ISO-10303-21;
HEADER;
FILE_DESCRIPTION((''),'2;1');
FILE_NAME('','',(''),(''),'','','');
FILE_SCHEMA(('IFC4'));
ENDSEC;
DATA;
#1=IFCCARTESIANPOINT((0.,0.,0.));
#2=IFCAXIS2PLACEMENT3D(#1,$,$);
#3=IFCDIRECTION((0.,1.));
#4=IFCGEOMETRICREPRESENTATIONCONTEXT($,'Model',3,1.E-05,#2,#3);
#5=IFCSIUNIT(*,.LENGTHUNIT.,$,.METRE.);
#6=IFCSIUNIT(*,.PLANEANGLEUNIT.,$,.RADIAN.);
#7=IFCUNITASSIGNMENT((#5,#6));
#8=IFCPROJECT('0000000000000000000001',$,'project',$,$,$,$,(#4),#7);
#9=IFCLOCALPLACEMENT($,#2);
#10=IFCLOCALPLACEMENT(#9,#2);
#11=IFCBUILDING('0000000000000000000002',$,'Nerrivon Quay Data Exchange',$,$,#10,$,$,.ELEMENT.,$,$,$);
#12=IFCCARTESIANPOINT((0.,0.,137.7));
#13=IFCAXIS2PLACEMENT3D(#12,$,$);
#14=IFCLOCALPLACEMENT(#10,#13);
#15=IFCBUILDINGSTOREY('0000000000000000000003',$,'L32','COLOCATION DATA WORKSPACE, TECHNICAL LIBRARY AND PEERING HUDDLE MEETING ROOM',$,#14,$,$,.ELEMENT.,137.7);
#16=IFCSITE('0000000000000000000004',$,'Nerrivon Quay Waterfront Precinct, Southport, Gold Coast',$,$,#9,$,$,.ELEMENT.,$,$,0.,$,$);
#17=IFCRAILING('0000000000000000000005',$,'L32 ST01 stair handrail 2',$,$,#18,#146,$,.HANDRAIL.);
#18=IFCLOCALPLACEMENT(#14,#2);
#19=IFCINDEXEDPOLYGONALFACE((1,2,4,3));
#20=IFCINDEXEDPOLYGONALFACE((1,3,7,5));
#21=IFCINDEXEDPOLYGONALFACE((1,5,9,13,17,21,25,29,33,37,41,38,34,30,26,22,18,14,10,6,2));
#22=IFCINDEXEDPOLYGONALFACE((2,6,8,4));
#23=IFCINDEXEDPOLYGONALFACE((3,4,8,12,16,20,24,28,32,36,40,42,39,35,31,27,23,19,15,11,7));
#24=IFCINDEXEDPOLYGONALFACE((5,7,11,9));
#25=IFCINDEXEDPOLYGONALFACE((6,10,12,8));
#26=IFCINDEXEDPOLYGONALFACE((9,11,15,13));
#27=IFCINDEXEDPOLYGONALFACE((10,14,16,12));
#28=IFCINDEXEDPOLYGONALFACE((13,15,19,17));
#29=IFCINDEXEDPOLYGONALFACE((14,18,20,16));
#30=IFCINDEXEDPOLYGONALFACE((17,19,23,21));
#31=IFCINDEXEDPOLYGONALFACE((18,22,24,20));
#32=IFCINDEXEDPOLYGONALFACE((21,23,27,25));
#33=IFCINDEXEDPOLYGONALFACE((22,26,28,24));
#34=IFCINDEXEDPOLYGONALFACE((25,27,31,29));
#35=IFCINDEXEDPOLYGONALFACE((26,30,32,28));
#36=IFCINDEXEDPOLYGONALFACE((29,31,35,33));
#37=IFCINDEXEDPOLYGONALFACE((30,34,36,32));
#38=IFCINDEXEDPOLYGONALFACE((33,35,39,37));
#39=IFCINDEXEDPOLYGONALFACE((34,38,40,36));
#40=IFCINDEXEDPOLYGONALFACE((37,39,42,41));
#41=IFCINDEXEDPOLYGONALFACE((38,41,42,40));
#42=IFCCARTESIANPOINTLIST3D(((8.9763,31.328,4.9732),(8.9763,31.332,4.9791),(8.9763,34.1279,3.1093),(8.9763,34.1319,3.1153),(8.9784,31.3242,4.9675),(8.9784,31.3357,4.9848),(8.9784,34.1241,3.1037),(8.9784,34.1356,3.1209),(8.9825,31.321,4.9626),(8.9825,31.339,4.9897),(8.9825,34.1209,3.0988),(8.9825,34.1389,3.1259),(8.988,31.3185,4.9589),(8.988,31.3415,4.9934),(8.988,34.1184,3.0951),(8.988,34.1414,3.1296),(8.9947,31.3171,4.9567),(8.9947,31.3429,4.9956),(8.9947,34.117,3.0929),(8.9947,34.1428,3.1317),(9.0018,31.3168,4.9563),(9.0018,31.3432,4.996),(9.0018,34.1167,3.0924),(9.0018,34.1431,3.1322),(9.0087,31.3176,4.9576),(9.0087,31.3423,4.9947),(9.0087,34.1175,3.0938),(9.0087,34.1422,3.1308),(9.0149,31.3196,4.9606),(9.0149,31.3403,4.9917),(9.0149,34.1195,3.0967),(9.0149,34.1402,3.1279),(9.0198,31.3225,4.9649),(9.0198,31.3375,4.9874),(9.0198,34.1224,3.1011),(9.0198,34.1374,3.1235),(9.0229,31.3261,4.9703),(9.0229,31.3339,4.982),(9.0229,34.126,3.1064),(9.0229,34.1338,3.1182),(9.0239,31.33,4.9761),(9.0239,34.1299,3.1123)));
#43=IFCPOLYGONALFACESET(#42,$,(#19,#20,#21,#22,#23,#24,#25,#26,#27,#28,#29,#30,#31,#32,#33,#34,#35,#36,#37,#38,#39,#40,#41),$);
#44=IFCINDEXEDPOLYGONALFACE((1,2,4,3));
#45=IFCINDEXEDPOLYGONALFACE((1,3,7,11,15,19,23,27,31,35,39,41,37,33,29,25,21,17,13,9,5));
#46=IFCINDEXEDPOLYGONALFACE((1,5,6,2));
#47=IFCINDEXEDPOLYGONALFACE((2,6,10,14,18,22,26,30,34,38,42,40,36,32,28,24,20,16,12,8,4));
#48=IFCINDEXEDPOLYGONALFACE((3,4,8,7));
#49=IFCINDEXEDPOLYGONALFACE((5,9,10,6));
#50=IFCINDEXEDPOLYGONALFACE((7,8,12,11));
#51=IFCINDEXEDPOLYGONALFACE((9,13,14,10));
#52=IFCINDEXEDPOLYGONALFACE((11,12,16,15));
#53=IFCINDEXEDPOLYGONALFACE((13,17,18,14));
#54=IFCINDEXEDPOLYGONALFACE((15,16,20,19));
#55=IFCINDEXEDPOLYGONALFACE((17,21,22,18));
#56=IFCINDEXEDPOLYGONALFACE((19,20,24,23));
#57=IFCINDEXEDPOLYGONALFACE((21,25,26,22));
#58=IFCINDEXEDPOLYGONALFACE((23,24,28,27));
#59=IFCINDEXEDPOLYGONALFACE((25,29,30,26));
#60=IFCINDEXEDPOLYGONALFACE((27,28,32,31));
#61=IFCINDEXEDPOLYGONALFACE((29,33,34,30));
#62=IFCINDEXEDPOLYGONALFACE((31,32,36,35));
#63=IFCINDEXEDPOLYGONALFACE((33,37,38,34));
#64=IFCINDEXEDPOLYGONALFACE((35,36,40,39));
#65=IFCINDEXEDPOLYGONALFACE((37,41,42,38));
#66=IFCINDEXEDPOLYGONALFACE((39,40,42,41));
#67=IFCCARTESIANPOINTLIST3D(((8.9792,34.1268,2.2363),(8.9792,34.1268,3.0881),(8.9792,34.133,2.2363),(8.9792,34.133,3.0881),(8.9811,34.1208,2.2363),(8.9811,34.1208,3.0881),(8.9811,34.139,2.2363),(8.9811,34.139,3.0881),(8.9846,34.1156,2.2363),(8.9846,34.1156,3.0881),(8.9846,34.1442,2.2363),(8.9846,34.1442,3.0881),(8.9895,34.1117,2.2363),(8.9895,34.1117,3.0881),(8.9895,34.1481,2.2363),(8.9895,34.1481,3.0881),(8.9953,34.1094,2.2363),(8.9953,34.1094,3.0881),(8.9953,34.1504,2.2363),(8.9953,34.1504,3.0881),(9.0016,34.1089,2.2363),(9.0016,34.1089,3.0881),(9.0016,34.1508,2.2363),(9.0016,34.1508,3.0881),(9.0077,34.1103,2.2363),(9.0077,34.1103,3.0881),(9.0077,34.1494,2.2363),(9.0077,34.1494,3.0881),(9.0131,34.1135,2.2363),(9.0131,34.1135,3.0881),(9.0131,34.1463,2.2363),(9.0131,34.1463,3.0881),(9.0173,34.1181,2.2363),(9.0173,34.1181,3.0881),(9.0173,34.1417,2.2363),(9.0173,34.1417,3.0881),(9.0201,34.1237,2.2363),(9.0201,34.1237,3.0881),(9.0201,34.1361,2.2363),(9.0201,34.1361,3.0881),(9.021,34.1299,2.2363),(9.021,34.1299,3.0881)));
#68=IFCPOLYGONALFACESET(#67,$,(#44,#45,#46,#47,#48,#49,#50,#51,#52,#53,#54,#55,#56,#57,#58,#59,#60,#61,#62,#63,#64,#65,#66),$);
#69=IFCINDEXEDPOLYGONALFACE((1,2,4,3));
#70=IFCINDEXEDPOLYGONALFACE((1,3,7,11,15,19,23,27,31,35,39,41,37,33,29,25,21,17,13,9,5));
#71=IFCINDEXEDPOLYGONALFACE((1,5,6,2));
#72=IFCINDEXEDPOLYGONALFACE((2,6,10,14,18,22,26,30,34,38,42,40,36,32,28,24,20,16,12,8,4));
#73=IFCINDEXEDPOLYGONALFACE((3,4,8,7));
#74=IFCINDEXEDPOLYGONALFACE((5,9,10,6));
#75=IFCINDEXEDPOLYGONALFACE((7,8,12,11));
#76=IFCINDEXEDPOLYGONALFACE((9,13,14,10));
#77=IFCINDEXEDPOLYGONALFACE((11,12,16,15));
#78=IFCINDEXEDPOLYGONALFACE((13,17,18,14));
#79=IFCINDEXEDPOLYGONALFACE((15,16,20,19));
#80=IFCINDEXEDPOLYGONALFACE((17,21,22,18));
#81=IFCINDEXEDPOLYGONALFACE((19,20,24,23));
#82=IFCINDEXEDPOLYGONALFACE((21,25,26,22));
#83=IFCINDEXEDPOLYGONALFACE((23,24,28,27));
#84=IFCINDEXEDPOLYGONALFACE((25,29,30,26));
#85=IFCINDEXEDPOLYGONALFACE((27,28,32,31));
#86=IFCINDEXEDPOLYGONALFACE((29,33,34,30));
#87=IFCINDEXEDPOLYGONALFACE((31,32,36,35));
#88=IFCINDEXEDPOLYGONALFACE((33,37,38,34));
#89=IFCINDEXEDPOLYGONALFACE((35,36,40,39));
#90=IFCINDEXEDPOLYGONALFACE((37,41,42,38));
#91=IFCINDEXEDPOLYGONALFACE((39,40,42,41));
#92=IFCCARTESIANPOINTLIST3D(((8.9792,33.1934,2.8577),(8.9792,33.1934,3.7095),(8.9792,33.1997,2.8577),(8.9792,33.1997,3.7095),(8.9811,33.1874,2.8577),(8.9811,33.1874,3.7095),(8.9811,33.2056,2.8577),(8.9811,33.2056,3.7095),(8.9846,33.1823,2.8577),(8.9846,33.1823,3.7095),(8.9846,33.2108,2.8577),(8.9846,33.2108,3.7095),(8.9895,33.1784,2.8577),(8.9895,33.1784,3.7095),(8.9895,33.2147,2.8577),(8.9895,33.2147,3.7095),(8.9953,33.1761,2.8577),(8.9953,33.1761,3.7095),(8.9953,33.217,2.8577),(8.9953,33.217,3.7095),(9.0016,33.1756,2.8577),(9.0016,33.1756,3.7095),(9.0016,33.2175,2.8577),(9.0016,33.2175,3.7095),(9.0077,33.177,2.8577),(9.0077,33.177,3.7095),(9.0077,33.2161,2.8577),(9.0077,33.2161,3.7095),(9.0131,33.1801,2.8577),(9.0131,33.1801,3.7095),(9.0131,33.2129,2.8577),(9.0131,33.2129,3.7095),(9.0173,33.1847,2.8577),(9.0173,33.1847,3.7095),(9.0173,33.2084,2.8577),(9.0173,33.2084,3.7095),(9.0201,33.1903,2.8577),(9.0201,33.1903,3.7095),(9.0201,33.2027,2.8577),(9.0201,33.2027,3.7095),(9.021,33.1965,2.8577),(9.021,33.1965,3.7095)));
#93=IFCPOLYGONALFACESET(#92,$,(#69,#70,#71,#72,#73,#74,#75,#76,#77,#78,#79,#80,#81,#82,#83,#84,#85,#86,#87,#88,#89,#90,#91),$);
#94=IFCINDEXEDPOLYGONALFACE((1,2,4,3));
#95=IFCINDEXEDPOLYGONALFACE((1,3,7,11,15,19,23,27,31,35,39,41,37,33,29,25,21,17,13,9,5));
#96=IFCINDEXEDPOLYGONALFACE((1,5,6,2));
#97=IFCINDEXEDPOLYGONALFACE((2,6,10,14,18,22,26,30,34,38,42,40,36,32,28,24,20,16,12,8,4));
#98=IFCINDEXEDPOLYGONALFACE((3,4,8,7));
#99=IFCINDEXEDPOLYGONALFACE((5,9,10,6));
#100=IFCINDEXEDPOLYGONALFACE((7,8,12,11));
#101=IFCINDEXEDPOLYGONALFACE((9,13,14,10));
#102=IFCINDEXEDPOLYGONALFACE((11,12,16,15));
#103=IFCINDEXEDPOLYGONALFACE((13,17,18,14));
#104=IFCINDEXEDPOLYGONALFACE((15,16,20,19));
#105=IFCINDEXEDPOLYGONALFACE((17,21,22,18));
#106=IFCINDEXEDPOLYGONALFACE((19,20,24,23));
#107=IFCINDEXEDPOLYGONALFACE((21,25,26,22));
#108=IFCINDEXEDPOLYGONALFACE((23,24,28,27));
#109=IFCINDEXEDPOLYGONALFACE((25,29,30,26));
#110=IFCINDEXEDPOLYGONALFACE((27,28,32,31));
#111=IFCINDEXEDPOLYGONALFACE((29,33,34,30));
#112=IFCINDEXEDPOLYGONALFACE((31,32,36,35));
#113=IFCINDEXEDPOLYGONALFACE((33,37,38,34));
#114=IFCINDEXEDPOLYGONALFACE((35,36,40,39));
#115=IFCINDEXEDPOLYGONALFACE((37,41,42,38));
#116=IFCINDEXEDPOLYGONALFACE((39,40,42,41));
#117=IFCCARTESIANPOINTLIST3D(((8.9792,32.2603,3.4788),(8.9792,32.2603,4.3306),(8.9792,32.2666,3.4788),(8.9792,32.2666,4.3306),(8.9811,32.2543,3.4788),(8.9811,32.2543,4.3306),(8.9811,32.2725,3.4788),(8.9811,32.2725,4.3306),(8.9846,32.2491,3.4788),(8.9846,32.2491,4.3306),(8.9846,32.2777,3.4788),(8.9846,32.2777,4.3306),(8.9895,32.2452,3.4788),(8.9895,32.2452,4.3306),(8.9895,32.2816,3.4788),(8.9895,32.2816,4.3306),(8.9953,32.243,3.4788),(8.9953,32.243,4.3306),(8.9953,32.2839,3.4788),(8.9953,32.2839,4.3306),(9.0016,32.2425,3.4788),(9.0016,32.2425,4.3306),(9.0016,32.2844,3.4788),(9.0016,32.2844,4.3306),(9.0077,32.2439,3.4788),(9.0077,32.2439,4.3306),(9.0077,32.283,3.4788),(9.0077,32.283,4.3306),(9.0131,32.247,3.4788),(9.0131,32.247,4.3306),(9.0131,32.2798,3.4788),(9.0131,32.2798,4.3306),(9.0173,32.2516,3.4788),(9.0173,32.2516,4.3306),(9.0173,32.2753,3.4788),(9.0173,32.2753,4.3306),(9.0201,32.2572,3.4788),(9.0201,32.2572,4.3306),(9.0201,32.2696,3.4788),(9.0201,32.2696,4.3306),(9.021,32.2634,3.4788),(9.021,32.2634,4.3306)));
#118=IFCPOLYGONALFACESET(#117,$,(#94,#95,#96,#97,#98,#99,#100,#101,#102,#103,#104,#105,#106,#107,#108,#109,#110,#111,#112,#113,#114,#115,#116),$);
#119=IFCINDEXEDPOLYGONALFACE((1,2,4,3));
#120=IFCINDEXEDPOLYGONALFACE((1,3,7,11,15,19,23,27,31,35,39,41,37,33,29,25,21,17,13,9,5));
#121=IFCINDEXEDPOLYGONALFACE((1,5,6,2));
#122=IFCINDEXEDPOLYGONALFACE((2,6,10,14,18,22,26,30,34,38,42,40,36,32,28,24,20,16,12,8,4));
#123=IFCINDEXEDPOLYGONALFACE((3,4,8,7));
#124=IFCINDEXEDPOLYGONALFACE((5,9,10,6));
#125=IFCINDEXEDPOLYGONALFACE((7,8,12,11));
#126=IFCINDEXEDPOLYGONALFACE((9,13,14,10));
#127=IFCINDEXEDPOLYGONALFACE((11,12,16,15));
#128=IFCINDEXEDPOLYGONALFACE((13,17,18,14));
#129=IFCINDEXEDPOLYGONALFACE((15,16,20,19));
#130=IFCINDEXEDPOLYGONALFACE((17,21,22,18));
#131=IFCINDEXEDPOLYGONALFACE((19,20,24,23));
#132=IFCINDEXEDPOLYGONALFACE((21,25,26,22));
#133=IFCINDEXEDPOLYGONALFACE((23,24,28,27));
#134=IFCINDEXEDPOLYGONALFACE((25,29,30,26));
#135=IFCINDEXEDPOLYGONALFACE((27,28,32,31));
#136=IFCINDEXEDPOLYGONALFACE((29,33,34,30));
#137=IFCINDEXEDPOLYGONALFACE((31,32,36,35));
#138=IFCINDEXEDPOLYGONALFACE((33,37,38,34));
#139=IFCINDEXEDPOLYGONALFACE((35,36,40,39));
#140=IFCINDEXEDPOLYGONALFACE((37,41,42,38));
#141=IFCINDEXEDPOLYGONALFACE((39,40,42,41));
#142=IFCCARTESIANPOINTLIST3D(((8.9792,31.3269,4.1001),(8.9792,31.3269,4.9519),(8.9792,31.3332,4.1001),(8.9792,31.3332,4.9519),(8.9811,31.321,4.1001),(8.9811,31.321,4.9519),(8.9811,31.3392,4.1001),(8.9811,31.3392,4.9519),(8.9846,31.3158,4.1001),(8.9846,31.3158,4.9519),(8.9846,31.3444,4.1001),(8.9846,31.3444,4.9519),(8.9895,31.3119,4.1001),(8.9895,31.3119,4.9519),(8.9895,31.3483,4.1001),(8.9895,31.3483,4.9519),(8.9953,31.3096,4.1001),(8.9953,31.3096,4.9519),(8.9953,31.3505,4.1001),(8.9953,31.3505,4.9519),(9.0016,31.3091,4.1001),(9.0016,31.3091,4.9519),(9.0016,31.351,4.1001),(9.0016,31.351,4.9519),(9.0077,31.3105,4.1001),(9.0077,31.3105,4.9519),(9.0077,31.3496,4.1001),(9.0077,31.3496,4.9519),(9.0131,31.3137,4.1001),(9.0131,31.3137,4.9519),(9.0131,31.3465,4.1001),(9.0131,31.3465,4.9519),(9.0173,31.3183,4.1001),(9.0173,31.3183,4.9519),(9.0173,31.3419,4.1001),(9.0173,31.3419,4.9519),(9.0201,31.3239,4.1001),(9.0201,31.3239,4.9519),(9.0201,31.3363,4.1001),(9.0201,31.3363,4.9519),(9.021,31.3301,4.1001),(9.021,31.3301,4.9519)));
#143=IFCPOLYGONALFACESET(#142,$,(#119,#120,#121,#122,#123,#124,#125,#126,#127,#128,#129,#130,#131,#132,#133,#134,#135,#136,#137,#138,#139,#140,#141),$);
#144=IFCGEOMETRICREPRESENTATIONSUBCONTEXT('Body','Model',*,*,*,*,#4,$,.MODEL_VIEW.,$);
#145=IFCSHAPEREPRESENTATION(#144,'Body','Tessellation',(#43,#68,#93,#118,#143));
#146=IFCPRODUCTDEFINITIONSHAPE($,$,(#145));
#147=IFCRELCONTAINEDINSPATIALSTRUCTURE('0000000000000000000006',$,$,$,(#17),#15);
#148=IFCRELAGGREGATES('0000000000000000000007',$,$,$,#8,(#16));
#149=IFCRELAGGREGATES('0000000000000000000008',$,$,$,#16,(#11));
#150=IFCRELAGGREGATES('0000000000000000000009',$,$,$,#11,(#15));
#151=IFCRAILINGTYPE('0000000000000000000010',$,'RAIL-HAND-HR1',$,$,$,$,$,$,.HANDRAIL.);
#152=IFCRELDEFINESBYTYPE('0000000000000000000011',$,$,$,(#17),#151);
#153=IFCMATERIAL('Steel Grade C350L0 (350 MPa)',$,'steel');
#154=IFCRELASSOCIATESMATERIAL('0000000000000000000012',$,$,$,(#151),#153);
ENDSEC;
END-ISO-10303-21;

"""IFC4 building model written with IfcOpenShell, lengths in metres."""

from ifc_helpers import new_model, si_unit, direction, frame, origin, origin_2d, place, context, subcontext, project, spatial, circle, extrude, material, type_object, element, save


model = new_model("IFC4")

# Units and contexts
model_context = context("Model", 3, precision=1e-05, world=origin(), true_north=direction((0.0, 1.0)))
body_context = subcontext(model_context, "Body", "Model", "MODEL_VIEW")
ifc_project = project(units=[si_unit("LENGTHUNIT", "METRE"), si_unit("PLANEANGLEUNIT", "RADIAN")], contexts=[model_context])

# Site, building, storey
site_placement = place(None, origin())
site = spatial("IfcSite", under=ifc_project, at=site_placement, Name="Nerrivon Quay Waterfront Precinct, Southport, Gold Coast", CompositionType="ELEMENT", RefElevation=0.0)
building_placement = place(site_placement, origin())
building = spatial("IfcBuilding", under=site, at=building_placement, Name="Nerrivon Quay Data Exchange", CompositionType="ELEMENT")
storey_placement = place(building_placement, frame((0.0, 0.0, 137.7)))
storey = spatial("IfcBuildingStorey", under=building, at=storey_placement, Name="L32", Description="COLOCATION DATA WORKSPACE, TECHNICAL LIBRARY AND PEERING HUDDLE MEETING ROOM", CompositionType="ELEMENT", Elevation=137.7)

# Railing
ifc_material_1 = material(Name="Steel Grade C350L0 (350 MPa)", Category="steel")
railing_type_1 = type_object("IfcRailingType", Name="RAIL-HAND-HR1", PredefinedType="HANDRAIL", material=ifc_material_1)
railing_1_placement = place(storey_placement, frame((9.0, 34.1299, 2.2363)))
element("IfcRailing", 1, at=railing_1_placement, inside=storey, type_object=railing_type_1, Name="L32 ST01 stair handrail 2", PredefinedType="HANDRAIL", context=body_context, shape_type="SweptSolid", body=[
    extrude(circle(Radius=0.0239, at=origin_2d()), frame((0.0, 0.0, 0.876), z_axis=(0.0, -0.83243, 0.554131), x_axis=(1.0, 0.0, 0.0)), (0.0, 0.0, 1.0), 3.3635),
    extrude(circle(Radius=0.021, at=origin_2d()), origin(), (0.0, 0.0, 1.0), 0.8518),
    extrude(circle(Radius=0.021, at=origin_2d()), frame((0.0, -0.9333, 0.6213)), (0.0, 0.0, 1.0), 0.8518),
    extrude(circle(Radius=0.021, at=origin_2d()), frame((0.0, -1.8665, 1.2424)), (0.0, 0.0, 1.0), 0.8518),
    extrude(circle(Radius=0.021, at=origin_2d()), frame((0.0, -2.7998, 1.8638)), (0.0, 0.0, 1.0), 0.8518),
])

save(model, "model.ifc")
